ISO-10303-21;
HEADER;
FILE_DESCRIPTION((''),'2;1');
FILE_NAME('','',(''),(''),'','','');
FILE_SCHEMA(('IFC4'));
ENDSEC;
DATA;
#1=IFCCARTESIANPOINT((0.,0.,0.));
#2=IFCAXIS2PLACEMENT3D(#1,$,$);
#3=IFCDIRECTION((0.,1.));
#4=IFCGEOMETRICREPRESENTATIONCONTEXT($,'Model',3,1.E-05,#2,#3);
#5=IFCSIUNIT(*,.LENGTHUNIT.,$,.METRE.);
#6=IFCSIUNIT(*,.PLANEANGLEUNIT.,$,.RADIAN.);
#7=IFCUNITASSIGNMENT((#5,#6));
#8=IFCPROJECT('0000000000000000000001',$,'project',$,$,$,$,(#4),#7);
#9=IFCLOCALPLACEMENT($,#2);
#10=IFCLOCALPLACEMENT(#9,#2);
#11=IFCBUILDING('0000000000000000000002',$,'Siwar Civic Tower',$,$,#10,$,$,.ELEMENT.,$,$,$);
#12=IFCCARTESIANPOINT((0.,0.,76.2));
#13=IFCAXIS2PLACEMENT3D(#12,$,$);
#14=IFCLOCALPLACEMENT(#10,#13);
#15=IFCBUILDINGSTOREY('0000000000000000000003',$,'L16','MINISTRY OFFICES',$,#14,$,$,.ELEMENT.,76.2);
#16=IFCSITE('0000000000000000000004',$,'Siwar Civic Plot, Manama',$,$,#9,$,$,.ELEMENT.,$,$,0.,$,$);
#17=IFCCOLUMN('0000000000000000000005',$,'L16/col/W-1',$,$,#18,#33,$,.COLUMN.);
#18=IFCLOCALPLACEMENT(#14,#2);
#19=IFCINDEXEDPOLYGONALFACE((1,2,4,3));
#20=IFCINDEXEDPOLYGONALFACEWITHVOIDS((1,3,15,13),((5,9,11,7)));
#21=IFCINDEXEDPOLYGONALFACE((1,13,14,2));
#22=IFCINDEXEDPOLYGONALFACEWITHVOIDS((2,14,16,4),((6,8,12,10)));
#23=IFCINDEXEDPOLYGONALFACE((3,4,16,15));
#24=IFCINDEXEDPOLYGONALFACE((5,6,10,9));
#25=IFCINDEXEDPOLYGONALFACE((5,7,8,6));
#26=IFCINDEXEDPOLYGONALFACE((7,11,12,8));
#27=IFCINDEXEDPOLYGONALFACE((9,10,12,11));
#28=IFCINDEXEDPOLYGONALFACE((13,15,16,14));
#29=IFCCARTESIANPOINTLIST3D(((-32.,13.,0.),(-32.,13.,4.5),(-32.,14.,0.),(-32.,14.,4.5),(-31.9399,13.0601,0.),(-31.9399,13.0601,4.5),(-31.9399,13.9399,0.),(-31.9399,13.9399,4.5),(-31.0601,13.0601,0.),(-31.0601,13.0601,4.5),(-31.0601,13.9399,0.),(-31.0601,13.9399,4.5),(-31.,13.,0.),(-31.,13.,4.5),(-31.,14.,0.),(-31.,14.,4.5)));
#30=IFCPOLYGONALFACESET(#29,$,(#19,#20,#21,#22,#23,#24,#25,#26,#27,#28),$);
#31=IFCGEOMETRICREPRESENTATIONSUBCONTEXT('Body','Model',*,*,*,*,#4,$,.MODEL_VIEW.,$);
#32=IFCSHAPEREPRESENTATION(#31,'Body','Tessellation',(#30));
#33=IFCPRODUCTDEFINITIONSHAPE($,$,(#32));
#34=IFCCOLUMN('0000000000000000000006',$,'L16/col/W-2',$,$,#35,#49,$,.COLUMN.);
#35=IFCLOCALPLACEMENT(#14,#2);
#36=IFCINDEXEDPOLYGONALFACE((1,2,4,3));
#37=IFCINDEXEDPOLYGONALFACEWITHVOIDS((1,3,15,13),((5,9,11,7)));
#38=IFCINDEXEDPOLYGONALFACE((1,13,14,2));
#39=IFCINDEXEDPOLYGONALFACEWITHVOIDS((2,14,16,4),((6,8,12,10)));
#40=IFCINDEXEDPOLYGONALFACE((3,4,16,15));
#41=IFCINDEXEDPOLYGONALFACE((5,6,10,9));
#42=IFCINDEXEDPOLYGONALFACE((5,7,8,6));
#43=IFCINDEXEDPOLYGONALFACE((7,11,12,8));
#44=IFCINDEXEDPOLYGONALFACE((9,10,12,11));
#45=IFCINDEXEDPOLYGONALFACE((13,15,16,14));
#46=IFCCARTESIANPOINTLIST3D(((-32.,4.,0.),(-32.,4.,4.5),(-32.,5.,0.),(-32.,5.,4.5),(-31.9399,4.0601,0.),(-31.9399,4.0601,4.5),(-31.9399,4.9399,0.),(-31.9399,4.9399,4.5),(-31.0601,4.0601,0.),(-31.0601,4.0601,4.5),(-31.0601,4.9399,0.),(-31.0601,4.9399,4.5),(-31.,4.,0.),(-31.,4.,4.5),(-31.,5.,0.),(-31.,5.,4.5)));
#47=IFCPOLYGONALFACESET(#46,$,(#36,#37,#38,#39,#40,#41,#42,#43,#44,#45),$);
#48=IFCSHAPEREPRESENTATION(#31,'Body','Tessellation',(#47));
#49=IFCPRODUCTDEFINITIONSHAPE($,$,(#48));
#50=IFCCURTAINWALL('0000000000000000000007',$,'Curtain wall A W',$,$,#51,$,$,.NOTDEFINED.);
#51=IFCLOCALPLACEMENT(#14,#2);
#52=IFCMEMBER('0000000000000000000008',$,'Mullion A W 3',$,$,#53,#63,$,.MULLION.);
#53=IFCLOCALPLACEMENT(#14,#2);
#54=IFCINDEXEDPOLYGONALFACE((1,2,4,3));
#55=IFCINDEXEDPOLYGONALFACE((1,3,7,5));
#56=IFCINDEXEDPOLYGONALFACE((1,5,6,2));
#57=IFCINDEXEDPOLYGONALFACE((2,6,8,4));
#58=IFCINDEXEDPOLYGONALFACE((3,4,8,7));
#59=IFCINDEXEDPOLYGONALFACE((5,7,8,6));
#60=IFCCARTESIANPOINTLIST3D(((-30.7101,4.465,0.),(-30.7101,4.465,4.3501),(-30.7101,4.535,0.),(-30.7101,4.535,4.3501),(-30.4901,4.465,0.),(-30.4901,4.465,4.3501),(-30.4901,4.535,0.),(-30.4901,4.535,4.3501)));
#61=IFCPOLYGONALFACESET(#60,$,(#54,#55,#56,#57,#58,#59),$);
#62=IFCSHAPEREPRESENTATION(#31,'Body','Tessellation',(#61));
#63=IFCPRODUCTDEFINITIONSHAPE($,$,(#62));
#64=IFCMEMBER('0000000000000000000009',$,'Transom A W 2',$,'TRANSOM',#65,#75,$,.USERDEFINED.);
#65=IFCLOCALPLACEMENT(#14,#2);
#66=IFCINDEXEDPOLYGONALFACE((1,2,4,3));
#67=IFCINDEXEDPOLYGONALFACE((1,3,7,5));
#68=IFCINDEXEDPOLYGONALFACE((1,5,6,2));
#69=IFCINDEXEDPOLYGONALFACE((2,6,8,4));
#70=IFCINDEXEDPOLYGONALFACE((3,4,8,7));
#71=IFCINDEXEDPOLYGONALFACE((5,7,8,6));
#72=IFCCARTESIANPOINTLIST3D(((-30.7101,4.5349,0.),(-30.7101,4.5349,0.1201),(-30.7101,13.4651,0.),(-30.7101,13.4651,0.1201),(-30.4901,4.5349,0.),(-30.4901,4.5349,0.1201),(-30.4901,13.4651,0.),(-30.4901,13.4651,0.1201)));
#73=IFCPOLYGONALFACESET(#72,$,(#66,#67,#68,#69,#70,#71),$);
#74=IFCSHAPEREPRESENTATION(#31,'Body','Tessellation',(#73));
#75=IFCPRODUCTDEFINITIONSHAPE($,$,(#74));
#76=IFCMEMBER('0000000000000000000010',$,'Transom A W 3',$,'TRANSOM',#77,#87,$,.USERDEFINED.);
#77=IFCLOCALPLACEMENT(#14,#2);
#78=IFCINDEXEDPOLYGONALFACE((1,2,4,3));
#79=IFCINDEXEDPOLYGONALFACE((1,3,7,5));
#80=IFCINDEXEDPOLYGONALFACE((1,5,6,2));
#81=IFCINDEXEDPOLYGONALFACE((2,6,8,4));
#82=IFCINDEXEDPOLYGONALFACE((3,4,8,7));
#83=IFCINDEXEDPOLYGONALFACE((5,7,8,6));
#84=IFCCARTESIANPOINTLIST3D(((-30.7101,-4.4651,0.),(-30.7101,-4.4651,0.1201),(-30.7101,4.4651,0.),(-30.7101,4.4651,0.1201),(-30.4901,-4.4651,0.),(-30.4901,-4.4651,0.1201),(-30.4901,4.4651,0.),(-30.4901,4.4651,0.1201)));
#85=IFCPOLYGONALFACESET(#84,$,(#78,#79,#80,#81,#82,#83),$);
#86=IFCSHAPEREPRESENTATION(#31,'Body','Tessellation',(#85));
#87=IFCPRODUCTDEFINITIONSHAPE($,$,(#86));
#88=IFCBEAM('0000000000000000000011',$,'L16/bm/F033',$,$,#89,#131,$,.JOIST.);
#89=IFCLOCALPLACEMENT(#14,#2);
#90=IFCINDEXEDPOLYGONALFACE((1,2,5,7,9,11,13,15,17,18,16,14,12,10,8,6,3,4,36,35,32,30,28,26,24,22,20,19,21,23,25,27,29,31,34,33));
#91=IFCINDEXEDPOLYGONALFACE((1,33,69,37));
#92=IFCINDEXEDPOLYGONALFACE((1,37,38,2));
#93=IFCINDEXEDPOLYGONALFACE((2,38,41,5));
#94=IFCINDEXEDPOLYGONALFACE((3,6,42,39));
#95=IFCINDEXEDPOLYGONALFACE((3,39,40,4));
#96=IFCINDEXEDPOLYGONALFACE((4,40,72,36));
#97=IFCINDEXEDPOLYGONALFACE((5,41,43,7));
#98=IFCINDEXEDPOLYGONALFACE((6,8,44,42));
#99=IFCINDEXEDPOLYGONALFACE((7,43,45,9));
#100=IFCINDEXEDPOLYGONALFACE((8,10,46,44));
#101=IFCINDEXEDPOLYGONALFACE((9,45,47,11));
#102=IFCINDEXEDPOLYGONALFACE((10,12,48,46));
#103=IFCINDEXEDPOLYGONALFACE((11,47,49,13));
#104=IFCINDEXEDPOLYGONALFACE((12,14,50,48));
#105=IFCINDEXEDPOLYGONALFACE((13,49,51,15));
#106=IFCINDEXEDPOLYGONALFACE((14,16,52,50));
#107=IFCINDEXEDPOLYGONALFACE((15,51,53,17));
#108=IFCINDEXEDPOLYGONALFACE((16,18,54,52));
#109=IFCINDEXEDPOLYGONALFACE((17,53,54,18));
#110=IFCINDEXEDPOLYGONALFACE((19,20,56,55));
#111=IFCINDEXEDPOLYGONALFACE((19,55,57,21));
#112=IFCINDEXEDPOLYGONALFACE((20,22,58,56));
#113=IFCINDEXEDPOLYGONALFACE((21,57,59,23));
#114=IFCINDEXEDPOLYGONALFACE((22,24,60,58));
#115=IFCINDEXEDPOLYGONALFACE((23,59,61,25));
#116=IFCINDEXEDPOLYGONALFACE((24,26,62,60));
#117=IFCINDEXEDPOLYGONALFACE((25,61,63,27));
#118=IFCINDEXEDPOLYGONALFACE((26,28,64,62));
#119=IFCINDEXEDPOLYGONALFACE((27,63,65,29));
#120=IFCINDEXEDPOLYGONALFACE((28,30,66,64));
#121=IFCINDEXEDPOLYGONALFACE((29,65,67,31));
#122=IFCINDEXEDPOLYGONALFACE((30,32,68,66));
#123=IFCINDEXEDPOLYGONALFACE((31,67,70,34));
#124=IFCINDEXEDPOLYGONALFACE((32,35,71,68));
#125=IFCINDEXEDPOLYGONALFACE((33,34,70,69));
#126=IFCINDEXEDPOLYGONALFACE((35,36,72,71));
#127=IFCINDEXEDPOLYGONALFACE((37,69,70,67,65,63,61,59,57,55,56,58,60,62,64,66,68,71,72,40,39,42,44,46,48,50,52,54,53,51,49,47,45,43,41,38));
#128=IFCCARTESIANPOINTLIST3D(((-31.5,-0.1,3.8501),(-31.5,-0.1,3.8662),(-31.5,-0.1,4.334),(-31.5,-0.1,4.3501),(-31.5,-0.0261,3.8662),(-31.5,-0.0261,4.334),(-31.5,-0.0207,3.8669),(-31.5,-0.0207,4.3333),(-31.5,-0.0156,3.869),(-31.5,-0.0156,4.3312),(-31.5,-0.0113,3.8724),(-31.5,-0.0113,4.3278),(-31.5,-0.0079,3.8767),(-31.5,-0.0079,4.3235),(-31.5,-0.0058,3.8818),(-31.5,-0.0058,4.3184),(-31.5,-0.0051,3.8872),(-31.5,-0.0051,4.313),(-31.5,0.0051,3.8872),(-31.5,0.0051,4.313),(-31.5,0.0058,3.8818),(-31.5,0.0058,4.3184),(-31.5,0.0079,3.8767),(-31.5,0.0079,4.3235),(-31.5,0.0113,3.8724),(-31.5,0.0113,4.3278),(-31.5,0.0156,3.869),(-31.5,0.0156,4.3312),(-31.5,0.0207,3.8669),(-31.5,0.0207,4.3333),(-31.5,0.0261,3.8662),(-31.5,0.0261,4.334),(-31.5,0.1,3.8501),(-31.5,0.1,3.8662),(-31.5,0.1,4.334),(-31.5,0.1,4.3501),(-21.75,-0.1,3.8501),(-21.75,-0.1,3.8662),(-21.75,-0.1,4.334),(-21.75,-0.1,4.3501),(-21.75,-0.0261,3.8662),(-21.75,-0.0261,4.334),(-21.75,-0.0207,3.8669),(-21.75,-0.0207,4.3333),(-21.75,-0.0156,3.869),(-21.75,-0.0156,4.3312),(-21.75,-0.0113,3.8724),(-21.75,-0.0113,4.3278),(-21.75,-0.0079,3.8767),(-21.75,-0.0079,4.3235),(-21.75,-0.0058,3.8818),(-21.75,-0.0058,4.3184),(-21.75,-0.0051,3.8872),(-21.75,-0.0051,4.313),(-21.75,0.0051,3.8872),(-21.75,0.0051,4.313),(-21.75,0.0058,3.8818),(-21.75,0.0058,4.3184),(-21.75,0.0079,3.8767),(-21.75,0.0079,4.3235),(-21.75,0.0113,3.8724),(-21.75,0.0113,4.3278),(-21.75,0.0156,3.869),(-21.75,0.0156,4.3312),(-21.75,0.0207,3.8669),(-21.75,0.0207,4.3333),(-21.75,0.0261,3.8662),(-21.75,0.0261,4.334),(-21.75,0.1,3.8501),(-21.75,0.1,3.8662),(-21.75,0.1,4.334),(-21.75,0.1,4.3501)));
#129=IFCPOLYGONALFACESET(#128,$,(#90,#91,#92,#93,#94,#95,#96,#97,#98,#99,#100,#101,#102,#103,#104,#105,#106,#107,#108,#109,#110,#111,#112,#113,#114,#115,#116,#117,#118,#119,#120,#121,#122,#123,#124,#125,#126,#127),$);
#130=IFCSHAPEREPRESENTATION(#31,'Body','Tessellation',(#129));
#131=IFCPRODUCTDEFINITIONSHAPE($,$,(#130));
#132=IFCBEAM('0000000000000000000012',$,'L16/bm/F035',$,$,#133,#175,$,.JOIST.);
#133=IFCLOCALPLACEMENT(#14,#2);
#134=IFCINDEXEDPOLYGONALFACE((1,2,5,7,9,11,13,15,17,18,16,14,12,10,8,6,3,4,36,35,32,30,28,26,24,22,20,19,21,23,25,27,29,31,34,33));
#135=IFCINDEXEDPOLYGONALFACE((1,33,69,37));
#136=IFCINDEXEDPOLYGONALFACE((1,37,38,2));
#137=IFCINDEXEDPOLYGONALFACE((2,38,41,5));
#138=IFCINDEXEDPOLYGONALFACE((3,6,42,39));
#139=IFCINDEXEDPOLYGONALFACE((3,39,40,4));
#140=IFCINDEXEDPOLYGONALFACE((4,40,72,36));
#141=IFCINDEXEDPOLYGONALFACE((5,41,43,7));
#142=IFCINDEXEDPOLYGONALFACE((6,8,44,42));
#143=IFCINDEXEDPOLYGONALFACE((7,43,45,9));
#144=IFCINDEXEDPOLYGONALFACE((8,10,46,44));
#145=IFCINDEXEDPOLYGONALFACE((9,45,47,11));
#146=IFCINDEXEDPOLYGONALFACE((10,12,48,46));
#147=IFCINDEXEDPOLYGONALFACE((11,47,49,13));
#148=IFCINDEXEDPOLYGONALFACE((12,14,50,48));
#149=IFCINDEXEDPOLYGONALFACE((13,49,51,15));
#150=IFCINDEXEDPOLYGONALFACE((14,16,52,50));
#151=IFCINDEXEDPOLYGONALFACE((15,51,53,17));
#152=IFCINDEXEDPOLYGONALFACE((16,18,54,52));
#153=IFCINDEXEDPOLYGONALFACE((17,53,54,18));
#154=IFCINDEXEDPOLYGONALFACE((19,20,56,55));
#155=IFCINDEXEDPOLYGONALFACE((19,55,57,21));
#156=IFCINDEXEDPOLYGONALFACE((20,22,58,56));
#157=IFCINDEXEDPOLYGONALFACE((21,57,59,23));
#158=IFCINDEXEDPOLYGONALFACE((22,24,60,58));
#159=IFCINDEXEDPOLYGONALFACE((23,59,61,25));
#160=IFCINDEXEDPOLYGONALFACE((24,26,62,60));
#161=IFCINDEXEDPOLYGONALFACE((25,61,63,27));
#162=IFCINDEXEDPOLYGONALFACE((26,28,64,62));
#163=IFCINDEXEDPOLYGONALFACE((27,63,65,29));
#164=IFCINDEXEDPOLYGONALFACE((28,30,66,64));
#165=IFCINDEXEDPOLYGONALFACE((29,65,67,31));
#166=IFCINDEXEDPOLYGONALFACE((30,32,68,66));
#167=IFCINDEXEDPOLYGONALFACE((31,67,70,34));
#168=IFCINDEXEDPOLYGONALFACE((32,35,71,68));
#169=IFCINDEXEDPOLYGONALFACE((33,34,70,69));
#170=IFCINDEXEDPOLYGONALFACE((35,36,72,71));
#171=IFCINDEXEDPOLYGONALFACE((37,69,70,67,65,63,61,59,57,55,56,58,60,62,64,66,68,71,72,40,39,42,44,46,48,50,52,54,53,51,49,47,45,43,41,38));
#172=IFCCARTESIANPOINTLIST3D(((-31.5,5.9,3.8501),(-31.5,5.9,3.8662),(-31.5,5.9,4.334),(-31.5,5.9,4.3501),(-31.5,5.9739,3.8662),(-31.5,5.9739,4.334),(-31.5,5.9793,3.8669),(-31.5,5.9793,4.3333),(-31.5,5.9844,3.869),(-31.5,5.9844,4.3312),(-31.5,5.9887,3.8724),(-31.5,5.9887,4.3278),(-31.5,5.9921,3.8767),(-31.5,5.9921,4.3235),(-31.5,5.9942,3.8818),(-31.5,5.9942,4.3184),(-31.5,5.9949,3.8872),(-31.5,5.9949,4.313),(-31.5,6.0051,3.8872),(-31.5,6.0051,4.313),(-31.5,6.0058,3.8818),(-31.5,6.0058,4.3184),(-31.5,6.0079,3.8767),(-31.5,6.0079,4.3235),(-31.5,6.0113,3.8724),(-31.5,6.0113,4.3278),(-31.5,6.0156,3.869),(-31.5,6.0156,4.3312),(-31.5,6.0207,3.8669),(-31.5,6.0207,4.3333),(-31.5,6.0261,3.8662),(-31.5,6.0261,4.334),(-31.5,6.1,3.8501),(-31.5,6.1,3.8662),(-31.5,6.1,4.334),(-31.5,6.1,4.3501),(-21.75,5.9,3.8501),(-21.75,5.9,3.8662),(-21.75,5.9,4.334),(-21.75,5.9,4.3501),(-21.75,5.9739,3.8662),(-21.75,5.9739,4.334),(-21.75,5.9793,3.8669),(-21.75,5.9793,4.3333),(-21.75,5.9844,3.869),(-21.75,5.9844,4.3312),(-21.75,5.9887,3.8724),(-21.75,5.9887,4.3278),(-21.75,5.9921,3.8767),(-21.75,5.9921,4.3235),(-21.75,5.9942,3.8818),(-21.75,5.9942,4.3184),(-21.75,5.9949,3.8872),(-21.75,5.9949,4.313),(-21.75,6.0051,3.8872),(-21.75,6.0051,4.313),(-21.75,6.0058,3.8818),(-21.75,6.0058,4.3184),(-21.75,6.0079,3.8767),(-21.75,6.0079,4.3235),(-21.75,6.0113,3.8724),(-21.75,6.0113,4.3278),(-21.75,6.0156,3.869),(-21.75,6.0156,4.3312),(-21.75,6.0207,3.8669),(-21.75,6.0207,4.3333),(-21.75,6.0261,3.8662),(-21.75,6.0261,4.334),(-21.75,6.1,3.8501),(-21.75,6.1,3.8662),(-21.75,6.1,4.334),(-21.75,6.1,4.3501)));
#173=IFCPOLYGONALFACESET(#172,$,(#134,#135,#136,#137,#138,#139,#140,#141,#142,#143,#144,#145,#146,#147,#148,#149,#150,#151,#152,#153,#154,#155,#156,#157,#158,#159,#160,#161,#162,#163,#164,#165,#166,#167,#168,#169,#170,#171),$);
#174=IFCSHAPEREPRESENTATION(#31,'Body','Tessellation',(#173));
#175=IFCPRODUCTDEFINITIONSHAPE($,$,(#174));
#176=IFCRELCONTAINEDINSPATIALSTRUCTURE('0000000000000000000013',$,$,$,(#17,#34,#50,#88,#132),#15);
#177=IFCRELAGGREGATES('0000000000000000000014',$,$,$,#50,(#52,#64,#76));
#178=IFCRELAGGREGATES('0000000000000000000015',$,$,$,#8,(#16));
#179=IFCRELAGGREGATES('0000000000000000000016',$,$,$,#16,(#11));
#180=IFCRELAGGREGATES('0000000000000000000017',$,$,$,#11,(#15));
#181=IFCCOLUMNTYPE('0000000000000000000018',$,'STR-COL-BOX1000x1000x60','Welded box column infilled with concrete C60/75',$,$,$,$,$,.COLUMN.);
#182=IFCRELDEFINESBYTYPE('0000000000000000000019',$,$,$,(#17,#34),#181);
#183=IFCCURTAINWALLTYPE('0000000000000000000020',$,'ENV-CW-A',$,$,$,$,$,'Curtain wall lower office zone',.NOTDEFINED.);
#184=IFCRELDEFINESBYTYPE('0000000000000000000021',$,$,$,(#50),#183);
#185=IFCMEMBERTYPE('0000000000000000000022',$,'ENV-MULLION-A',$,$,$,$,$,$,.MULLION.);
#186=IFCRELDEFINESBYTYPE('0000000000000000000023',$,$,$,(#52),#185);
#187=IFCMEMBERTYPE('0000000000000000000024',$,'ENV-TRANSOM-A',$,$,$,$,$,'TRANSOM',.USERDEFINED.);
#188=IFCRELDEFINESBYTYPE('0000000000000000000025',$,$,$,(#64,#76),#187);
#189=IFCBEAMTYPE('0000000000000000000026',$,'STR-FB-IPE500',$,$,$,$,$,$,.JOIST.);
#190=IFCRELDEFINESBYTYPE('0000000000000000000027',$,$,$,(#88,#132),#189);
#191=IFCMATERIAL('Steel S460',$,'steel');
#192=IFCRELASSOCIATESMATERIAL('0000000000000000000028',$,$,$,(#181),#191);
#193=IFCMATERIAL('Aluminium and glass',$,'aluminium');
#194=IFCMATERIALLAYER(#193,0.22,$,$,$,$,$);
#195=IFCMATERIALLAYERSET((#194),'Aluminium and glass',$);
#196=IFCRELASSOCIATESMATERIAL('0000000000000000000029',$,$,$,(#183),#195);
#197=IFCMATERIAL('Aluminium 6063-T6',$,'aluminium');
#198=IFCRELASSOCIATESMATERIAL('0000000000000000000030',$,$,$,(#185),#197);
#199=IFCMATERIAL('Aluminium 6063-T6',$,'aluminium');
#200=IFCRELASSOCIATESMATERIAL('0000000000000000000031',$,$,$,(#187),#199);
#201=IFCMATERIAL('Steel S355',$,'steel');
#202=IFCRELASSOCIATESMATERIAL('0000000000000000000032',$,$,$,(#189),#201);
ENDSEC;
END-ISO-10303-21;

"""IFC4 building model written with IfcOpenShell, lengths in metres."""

from ifc_helpers import new_model, si_unit, direction, frame, origin, origin_2d, place, context, subcontext, project, spatial, rectangle, hollow_rectangle, i_section, extrude, material, layer, layer_set, material_profile, profile_set, type_object, element, aggregate, save


model = new_model("IFC4")

# Units and contexts
model_context = context("Model", 3, precision=1e-05, world=origin(), true_north=direction((0.0, 1.0)))
body_context = subcontext(model_context, "Body", "Model", "MODEL_VIEW")
ifc_project = project(units=[si_unit("LENGTHUNIT", "METRE"), si_unit("PLANEANGLEUNIT", "RADIAN")], contexts=[model_context])

# Site, building, storey
site_placement = place(None, origin())
site = spatial("IfcSite", under=ifc_project, at=site_placement, Name="Siwar Civic Plot, Manama", CompositionType="ELEMENT", RefElevation=0.0)
building_placement = place(site_placement, origin())
building = spatial("IfcBuilding", under=site, at=building_placement, Name="Siwar Civic Tower", CompositionType="ELEMENT")
storey_placement = place(building_placement, frame((0.0, 0.0, 76.2)))
storey = spatial("IfcBuildingStorey", under=building, at=storey_placement, Name="L16", Description="MINISTRY OFFICES", CompositionType="ELEMENT", Elevation=76.2)

# Columns
ifc_material_1 = material(Name="Steel S460", Category="steel")
ifc_material_profile_1 = material_profile(ifc_material_1, hollow_rectangle(XDim=1.0, YDim=1.0, WallThickness=0.0601, at=origin_2d()), Name="BOX1000x1000x60")
ifc_profile_set_1 = profile_set([ifc_material_profile_1], Name="Steel S460")
column_type = type_object("IfcColumnType", Name="STR-COL-BOX1000x1000x60", Description="Welded box column infilled with concrete C60/75", PredefinedType="COLUMN", material=ifc_profile_set_1)
for number, where, z_axis, x_axis, name in (
    (1, (-31.5, 13.5, 0.0), (0.0, 0.0, 1.0), (1.0, 0.0, 0.0), "L16/col/W-1"),
    (2, (-31.5, 4.5, 0.0), (0.0, 0.0, 1.0), (1.0, 0.0, 0.0), "L16/col/W-2"),
):
    element("IfcColumn", number, at=place(storey_placement, frame(where, z_axis=z_axis, x_axis=x_axis)), inside=storey, type_object=column_type, Name=name, PredefinedType="COLUMN", context=body_context, shape_type="SweptSolid", body=[
        extrude(hollow_rectangle(XDim=1.0, YDim=1.0, WallThickness=0.0601, at=origin_2d()), origin(), (0.0, 0.0, 1.0), 4.5),
    ])

# Curtain wall, members
ifc_material_2 = material(Name="Aluminium and glass", Category="aluminium")
ifc_layer_1 = layer(ifc_material_2, 0.22)
ifc_layer_set_1 = layer_set([ifc_layer_1], Name="Aluminium and glass")
curtain_wall_type = type_object("IfcCurtainWallType", Name="ENV-CW-A", ElementType="Curtain wall lower office zone", PredefinedType="NOTDEFINED", material=ifc_layer_set_1)
curtain_wall_placement = place(storey_placement, origin())
curtain_wall = element("IfcCurtainWall", 3, at=curtain_wall_placement, inside=storey, type_object=curtain_wall_type, Name="Curtain wall A W", PredefinedType="NOTDEFINED")
ifc_material_3 = material(Name="Aluminium 6063-T6", Category="aluminium")
ifc_material_profile_2 = material_profile(ifc_material_3, rectangle(XDim=0.22, YDim=0.0701, at=origin_2d()), Name="AL 220x70")
ifc_profile_set_2 = profile_set([ifc_material_profile_2], Name="Aluminium 6063-T6")
member_type_1 = type_object("IfcMemberType", Name="ENV-MULLION-A", PredefinedType="MULLION", material=ifc_profile_set_2)
member_1_placement = place(storey_placement, frame((-30.6001, 4.5, 0.0), z_axis=(0.0, 0.0, 1.0), x_axis=(1.0, 0.0, 0.0)))
member_1 = element("IfcMember", 4, at=member_1_placement, type_object=member_type_1, Name="Mullion A W 3", PredefinedType="MULLION", context=body_context, shape_type="SweptSolid", body=[
    extrude(rectangle(XDim=0.22, YDim=0.0701, at=origin_2d()), origin(), (0.0, 0.0, 1.0), 4.3501),
])
ifc_material_4 = material(Name="Aluminium 6063-T6", Category="aluminium")
ifc_material_profile_3 = material_profile(ifc_material_4, rectangle(XDim=0.22, YDim=0.1201, at=origin_2d()), Name="AL 220x120")
ifc_profile_set_3 = profile_set([ifc_material_profile_3], Name="Aluminium 6063-T6")
member_type_2 = type_object("IfcMemberType", Name="ENV-TRANSOM-A", ElementType="TRANSOM", PredefinedType="USERDEFINED", material=ifc_profile_set_3)
member_2_placement = place(storey_placement, frame((-30.6001, 13.4651, 0.0601), z_axis=(0.0, -1.0, 0.0), x_axis=(1.0, 0.0, 0.0)))
member_2 = element("IfcMember", 5, at=member_2_placement, type_object=member_type_2, Name="Transom A W 2", ObjectType="TRANSOM", PredefinedType="USERDEFINED", context=body_context, shape_type="SweptSolid", body=[
    extrude(rectangle(XDim=0.22, YDim=0.1201, at=origin_2d()), origin(), (0.0, 0.0, 1.0), 8.9302),
])
member_3_placement = place(storey_placement, frame((-30.6001, 4.4651, 0.0601), z_axis=(0.0, -1.0, 0.0), x_axis=(1.0, 0.0, 0.0)))
member_3 = element("IfcMember", 6, at=member_3_placement, type_object=member_type_2, Name="Transom A W 3", ObjectType="TRANSOM", PredefinedType="USERDEFINED", context=body_context, shape_type="SweptSolid", body=[
    extrude(rectangle(XDim=0.22, YDim=0.1201, at=origin_2d()), origin(), (0.0, 0.0, 1.0), 8.9302),
])

# Beams
ifc_material_5 = material(Name="Steel S355", Category="steel")
ifc_material_profile_4 = material_profile(ifc_material_5, i_section(OverallWidth=0.2, OverallDepth=0.5, WebThickness=0.0103, FlangeThickness=0.0161, FilletRadius=0.021, at=origin_2d()), Name="IPE500")
ifc_profile_set_4 = profile_set([ifc_material_profile_4], Name="Steel S355")
beam_type_1 = type_object("IfcBeamType", Name="STR-FB-IPE500", PredefinedType="JOIST", material=ifc_profile_set_4)
for number, where, z_axis, x_axis, name in (
    (7, (-31.5, 0.0, 4.1001), (1.0, 0.0, 0.0), (0.0, 1.0, 0.0), "L16/bm/F033"),
    (8, (-31.5, 6.0, 4.1001), (1.0, 0.0, 0.0), (0.0, 1.0, 0.0), "L16/bm/F035"),
):
    element("IfcBeam", number, at=place(storey_placement, frame(where, z_axis=z_axis, x_axis=x_axis)), inside=storey, type_object=beam_type_1, Name=name, PredefinedType="JOIST", context=body_context, shape_type="SweptSolid", body=[
        extrude(i_section(OverallWidth=0.2, OverallDepth=0.5, WebThickness=0.0103, FlangeThickness=0.0161, FilletRadius=0.021, at=origin_2d()), origin(), (0.0, 0.0, 1.0), 9.75),
    ])

aggregate(curtain_wall, [member_1, member_2, member_3])

save(model, "model.ifc")
